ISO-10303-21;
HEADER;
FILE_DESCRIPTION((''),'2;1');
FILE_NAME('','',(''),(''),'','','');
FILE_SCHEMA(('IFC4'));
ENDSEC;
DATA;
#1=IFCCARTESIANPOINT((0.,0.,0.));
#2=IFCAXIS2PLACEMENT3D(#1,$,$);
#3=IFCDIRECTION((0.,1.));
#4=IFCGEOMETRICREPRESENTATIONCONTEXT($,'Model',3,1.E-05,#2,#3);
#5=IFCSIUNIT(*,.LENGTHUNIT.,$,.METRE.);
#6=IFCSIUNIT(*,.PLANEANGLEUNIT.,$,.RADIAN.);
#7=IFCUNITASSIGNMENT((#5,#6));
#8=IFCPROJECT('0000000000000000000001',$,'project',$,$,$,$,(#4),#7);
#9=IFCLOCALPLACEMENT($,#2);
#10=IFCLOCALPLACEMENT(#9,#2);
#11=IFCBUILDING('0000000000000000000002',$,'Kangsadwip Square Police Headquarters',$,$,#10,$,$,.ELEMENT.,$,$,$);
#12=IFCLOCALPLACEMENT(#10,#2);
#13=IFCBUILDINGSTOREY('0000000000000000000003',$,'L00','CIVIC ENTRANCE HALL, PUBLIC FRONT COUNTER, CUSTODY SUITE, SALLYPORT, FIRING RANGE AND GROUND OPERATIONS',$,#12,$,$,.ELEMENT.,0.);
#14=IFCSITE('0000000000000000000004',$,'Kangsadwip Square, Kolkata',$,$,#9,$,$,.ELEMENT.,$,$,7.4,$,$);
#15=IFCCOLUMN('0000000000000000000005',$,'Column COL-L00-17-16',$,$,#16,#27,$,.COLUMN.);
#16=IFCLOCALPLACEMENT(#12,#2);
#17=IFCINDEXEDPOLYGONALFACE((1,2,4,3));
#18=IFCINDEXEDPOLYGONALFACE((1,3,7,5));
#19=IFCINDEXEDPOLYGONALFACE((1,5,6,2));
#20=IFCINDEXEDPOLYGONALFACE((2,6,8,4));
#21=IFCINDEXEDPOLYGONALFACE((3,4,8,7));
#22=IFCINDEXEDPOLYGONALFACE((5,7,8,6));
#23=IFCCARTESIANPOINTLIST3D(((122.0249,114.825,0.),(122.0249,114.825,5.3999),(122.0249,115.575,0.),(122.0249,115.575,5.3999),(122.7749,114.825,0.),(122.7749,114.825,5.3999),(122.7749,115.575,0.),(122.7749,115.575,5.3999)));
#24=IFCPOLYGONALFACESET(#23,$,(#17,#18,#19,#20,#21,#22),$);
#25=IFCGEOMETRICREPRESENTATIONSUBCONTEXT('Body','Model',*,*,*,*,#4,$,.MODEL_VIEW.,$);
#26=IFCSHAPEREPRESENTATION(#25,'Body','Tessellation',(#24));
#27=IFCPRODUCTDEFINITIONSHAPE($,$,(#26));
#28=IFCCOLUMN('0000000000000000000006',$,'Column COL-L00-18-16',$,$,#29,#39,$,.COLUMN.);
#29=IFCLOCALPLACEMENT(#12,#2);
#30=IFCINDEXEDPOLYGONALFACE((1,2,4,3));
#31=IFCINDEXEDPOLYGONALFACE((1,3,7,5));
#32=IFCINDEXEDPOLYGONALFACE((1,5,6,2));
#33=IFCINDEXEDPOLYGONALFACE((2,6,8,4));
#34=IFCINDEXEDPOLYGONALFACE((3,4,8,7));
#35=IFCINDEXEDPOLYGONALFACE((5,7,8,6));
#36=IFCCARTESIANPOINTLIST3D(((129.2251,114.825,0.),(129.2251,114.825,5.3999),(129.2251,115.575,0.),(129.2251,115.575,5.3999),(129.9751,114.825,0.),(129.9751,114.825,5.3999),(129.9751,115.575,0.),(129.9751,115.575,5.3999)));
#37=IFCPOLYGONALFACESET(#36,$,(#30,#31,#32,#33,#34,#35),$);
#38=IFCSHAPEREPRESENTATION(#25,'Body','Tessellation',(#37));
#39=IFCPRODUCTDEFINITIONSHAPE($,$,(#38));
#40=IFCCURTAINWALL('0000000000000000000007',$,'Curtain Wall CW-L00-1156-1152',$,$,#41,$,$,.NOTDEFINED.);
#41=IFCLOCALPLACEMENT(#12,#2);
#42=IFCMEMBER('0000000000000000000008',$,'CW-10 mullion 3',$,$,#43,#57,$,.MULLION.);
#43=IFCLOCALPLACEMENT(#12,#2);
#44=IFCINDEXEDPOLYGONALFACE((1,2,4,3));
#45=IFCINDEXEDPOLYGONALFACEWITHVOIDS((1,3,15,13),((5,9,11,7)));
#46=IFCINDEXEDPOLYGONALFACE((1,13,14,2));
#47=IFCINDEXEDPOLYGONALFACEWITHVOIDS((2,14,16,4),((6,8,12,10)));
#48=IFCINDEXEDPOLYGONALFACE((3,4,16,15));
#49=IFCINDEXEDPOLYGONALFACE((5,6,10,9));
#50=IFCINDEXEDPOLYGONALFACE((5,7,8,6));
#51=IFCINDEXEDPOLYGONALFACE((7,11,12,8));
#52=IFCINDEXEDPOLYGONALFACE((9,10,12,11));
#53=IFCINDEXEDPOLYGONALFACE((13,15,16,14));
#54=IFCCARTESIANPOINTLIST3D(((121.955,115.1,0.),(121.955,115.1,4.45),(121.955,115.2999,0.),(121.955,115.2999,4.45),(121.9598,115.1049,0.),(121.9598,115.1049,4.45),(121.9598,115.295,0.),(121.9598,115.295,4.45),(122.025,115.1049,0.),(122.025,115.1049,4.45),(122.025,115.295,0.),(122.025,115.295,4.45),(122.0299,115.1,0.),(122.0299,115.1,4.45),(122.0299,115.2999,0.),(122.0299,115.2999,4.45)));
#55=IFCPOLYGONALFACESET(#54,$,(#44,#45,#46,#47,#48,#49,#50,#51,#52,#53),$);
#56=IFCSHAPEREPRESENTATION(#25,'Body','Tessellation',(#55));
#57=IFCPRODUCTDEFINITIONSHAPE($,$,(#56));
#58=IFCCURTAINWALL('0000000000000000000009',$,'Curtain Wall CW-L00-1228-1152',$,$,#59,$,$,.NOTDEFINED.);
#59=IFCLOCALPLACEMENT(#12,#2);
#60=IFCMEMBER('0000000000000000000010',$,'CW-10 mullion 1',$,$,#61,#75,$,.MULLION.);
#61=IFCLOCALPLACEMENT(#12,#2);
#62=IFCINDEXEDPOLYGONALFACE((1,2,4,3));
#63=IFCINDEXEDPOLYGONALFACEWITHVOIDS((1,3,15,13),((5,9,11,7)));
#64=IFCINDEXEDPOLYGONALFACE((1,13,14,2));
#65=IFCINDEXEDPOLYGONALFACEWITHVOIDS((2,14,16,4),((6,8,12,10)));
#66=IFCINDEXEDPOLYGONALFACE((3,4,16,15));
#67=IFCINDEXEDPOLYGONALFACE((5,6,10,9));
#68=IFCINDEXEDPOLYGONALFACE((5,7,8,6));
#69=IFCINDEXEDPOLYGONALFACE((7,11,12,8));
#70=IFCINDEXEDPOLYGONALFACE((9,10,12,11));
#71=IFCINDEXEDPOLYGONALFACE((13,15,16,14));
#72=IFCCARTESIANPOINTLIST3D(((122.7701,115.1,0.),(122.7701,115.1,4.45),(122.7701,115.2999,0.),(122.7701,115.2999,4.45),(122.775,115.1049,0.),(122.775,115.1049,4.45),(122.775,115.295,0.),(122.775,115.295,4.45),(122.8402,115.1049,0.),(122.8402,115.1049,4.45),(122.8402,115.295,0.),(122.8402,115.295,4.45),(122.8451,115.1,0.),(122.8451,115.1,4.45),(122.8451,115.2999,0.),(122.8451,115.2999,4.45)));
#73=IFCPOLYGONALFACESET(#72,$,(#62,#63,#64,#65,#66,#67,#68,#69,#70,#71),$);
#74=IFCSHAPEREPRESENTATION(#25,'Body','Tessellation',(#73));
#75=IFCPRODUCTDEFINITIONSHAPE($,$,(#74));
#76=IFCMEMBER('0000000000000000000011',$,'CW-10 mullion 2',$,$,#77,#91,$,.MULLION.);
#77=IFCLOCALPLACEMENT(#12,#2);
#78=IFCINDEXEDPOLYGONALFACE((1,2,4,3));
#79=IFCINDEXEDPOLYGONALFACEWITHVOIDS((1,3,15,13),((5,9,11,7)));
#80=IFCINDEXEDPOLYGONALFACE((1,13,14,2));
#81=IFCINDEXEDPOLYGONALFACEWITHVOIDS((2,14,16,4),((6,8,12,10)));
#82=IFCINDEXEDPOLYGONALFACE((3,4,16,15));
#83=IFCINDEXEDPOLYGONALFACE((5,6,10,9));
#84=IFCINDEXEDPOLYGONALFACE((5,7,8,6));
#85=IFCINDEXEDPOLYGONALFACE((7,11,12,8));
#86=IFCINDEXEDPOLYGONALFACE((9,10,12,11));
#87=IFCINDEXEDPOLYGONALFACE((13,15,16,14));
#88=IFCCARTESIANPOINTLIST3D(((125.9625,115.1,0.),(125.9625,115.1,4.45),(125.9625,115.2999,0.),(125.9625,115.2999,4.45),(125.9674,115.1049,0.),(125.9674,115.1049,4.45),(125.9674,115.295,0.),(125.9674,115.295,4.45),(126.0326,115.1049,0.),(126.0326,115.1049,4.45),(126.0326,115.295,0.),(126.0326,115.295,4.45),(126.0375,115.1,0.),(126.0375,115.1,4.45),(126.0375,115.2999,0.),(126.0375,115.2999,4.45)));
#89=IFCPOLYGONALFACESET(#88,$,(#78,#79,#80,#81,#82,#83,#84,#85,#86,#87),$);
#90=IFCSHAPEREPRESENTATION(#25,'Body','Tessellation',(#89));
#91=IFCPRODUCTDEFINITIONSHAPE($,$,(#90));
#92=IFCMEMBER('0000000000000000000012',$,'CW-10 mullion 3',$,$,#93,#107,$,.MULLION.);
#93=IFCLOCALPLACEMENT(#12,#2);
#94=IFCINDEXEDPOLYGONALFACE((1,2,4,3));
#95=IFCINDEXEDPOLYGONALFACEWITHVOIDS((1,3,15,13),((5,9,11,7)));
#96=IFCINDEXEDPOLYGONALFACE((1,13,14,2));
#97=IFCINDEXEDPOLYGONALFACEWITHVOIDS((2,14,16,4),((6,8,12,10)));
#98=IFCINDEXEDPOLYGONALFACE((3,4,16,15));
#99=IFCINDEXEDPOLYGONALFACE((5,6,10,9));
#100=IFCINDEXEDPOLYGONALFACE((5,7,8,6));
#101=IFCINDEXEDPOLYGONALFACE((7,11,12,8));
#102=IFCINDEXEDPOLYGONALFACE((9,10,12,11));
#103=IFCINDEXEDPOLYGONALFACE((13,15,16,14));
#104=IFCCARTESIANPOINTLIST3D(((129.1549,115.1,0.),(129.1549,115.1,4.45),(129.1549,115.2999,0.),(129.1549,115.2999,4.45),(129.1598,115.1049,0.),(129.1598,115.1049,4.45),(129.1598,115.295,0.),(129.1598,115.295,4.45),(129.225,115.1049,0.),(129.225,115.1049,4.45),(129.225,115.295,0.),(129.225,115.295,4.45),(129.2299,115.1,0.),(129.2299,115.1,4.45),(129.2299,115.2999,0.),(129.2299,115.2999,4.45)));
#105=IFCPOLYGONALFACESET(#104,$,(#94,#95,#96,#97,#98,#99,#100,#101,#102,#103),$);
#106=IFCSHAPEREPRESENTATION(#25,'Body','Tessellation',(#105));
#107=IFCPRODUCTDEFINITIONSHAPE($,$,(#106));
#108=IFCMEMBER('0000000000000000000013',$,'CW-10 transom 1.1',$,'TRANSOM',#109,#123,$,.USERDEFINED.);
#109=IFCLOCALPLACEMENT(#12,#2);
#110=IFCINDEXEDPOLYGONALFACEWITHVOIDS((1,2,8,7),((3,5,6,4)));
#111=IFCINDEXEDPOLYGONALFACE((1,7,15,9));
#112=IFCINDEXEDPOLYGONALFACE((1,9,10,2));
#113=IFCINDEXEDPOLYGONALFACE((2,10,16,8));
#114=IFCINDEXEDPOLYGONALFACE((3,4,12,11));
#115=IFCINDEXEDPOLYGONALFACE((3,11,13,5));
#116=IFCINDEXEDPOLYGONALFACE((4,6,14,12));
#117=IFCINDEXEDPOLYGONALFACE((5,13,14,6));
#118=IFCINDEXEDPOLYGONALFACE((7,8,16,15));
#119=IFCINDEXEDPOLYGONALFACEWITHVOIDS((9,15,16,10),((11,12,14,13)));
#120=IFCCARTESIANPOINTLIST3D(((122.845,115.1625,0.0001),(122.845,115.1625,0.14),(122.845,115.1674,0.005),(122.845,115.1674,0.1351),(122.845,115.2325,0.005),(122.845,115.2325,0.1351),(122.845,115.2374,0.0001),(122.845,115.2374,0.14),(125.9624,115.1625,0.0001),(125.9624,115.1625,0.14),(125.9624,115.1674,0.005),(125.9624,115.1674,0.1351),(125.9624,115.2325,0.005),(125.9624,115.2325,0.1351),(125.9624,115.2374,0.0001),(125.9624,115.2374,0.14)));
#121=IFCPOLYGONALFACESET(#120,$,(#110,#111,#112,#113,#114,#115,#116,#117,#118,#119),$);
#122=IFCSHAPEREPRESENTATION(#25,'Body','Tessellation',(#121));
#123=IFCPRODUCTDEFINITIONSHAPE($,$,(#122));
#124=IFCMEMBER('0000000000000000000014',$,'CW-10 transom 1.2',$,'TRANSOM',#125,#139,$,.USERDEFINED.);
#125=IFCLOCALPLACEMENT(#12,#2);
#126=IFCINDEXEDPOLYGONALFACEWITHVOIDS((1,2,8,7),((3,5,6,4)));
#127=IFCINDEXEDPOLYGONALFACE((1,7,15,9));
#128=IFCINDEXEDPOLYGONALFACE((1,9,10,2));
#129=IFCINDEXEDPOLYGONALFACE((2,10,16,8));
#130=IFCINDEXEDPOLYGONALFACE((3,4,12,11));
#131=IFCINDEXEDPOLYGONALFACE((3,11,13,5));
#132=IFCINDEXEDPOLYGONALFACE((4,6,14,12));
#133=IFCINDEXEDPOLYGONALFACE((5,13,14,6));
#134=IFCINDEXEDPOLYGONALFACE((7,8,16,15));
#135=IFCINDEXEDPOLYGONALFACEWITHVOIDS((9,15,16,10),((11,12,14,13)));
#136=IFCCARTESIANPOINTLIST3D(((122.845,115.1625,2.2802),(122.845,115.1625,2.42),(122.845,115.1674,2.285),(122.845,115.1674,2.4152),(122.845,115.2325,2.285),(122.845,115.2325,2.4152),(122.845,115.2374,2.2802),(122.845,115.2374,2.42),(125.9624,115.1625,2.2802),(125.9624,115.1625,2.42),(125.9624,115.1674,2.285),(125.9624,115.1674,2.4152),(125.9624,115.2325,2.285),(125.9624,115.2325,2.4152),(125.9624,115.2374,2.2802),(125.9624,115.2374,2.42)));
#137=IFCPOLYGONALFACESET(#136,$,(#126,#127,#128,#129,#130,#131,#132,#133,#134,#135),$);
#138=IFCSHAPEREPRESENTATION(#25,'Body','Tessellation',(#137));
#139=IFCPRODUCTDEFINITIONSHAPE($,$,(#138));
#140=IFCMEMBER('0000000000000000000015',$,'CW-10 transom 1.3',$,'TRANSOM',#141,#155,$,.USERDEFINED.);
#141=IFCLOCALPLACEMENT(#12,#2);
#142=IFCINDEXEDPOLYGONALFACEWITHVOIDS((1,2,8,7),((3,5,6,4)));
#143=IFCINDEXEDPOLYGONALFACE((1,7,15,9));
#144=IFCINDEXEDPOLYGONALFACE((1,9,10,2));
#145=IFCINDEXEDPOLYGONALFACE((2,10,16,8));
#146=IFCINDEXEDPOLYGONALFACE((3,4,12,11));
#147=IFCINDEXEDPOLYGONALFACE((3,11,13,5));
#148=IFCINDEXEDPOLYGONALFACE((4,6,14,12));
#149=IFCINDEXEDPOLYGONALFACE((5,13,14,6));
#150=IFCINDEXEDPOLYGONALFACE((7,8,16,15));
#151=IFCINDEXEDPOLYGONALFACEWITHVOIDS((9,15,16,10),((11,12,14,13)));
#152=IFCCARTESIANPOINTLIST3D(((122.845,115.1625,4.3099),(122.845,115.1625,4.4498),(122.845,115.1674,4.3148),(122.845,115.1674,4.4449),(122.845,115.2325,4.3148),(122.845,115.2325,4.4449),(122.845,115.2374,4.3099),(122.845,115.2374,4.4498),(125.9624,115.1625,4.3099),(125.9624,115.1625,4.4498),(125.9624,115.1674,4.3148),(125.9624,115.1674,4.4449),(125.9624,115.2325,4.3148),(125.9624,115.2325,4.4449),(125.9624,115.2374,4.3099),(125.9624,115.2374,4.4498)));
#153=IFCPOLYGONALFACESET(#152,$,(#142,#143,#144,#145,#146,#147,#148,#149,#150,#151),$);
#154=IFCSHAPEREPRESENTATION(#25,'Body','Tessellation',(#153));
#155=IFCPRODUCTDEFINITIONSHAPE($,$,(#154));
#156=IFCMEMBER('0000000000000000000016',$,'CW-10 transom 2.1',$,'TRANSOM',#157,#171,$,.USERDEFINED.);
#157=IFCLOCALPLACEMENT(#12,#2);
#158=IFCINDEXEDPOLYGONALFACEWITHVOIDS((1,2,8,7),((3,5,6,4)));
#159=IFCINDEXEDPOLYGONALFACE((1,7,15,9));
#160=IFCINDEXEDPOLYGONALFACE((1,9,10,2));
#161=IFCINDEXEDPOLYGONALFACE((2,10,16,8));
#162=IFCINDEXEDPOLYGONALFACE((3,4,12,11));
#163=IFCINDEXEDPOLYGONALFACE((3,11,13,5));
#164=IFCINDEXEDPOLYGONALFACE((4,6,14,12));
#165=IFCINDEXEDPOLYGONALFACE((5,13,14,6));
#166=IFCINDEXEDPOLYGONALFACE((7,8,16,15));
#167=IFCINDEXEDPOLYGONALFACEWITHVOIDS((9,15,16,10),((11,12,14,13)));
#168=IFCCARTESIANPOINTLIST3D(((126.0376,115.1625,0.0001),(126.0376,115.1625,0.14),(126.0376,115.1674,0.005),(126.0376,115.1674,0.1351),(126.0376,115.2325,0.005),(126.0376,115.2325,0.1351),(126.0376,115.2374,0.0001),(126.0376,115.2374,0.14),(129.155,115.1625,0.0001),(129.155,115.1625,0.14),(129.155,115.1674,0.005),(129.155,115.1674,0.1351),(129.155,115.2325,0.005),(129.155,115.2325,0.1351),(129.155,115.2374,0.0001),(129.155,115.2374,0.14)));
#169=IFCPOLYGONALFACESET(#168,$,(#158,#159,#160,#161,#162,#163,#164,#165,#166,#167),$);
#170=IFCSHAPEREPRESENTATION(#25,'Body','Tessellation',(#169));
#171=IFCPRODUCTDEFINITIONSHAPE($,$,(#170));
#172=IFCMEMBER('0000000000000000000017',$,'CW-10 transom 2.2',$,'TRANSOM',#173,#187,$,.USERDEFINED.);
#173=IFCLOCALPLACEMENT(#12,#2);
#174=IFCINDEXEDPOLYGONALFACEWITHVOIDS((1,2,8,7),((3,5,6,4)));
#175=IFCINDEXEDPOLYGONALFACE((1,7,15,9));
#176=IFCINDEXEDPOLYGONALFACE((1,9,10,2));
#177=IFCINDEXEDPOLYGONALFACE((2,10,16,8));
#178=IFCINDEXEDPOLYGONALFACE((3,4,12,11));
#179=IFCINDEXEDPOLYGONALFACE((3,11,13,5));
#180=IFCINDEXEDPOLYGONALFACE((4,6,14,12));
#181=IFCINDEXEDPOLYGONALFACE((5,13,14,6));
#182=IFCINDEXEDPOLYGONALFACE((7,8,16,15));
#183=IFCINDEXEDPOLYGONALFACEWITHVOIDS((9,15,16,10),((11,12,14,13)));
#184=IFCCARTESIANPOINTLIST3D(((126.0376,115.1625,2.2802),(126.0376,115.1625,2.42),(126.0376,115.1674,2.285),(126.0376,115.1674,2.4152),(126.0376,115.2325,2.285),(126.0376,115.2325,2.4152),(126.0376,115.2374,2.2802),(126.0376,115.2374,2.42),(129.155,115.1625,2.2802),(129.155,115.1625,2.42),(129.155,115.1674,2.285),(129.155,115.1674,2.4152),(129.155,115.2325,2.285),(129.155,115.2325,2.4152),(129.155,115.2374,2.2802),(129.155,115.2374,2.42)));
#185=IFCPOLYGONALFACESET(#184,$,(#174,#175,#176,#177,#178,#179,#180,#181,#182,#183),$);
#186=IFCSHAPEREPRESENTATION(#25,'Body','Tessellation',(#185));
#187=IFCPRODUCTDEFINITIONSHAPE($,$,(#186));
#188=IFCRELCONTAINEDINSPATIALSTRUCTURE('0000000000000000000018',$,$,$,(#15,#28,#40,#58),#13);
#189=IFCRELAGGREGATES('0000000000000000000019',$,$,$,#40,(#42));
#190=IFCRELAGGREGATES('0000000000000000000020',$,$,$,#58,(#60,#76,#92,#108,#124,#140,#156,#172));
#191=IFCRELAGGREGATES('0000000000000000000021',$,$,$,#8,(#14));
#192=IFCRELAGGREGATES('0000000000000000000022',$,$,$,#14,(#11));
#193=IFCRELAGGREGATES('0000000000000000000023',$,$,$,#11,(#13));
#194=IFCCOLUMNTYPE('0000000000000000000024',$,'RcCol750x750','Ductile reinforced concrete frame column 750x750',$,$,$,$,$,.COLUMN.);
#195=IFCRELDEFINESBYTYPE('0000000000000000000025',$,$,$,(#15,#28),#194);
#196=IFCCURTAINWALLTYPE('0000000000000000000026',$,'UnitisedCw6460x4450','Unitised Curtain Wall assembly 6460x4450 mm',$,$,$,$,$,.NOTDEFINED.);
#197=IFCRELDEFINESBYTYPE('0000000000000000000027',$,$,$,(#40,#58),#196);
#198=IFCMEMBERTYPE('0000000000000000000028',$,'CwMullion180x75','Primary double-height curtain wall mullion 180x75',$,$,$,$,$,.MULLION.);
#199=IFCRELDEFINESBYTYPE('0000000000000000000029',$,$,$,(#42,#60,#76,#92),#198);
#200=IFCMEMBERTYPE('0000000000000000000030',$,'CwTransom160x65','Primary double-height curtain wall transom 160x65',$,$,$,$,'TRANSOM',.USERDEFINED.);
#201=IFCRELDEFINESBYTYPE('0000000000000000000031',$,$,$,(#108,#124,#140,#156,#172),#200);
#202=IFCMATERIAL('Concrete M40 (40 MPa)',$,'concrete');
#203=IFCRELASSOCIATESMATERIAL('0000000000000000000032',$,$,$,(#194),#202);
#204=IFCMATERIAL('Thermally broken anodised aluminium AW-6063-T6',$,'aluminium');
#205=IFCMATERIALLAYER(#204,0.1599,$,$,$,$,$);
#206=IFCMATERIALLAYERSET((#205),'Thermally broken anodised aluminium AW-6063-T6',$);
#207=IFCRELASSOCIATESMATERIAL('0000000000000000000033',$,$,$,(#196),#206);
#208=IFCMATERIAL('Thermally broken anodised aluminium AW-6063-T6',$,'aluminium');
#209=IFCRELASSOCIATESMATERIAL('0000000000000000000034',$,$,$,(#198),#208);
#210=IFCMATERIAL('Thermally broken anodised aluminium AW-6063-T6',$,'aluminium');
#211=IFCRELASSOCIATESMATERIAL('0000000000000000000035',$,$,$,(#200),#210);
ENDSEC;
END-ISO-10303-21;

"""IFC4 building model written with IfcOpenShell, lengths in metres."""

from ifc_helpers import new_model, si_unit, direction, frame, origin, origin_2d, place, context, subcontext, project, spatial, rectangle, hollow_rectangle, extrude, material, layer, layer_set, material_profile, profile_set, type_object, element, aggregate, save


model = new_model("IFC4")

# Units and contexts
model_context = context("Model", 3, precision=1e-05, world=origin(), true_north=direction((0.0, 1.0)))
body_context = subcontext(model_context, "Body", "Model", "MODEL_VIEW")
ifc_project = project(units=[si_unit("LENGTHUNIT", "METRE"), si_unit("PLANEANGLEUNIT", "RADIAN")], contexts=[model_context])

# Site, building, storey
site_placement = place(None, origin())
site = spatial("IfcSite", under=ifc_project, at=site_placement, Name="Kangsadwip Square, Kolkata", CompositionType="ELEMENT", RefElevation=7.4)
building_placement = place(site_placement, origin())
building = spatial("IfcBuilding", under=site, at=building_placement, Name="Kangsadwip Square Police Headquarters", CompositionType="ELEMENT")
storey_placement = place(building_placement, origin())
storey = spatial("IfcBuildingStorey", under=building, at=storey_placement, Name="L00", Description="CIVIC ENTRANCE HALL, PUBLIC FRONT COUNTER, CUSTODY SUITE, SALLYPORT, FIRING RANGE AND GROUND OPERATIONS", CompositionType="ELEMENT", Elevation=0.0)

# Columns
ifc_material_1 = material(Name="Concrete M40 (40 MPa)", Category="concrete")
ifc_material_profile_1 = material_profile(ifc_material_1, rectangle(XDim=0.75, YDim=0.75, at=origin_2d()), Name="RC COL 750X750")
ifc_profile_set_1 = profile_set([ifc_material_profile_1], Name="Concrete M40 (40 MPa)")
column_type = type_object("IfcColumnType", Name="RcCol750x750", Description="Ductile reinforced concrete frame column 750x750", PredefinedType="COLUMN", material=ifc_profile_set_1)
for number, where, z_axis, x_axis, name in (
    (1, (122.3999, 115.2, 0.0), (0.0, 0.0, 1.0), (1.0, 0.0, 0.0), "Column COL-L00-17-16"),
    (2, (129.6001, 115.2, 0.0), (0.0, 0.0, 1.0), (1.0, 0.0, 0.0), "Column COL-L00-18-16"),
):
    element("IfcColumn", number, at=place(storey_placement, frame(where, z_axis=z_axis, x_axis=x_axis)), inside=storey, type_object=column_type, Name=name, PredefinedType="COLUMN", context=body_context, shape_type="SweptSolid", body=[
        extrude(rectangle(XDim=0.75, YDim=0.75, at=origin_2d()), origin(), (0.0, 0.0, 1.0), 5.3999),
    ])

# Curtain wall, member
ifc_material_2 = material(Name="Thermally broken anodised aluminium AW-6063-T6", Category="aluminium")
ifc_layer_1 = layer(ifc_material_2, 0.1599)
ifc_layer_set_1 = layer_set([ifc_layer_1], Name="Thermally broken anodised aluminium AW-6063-T6")
curtain_wall_type = type_object("IfcCurtainWallType", Name="UnitisedCw6460x4450", Description="Unitised Curtain Wall assembly 6460x4450 mm", PredefinedType="NOTDEFINED", material=ifc_layer_set_1)
curtain_wall_1_placement = place(storey_placement, origin())
curtain_wall_1 = element("IfcCurtainWall", 3, at=curtain_wall_1_placement, inside=storey, type_object=curtain_wall_type, Name="Curtain Wall CW-L00-1156-1152", PredefinedType="NOTDEFINED")
ifc_material_3 = material(Name="Thermally broken anodised aluminium AW-6063-T6", Category="aluminium")
ifc_material_profile_2 = material_profile(ifc_material_3, hollow_rectangle(XDim=0.075, YDim=0.2, WallThickness=0.0049, at=origin_2d()), Name="CWM 200X75X5")
ifc_profile_set_2 = profile_set([ifc_material_profile_2], Name="Thermally broken anodised aluminium AW-6063-T6")
member_type_1 = type_object("IfcMemberType", Name="CwMullion180x75", Description="Primary double-height curtain wall mullion 180x75", PredefinedType="MULLION", material=ifc_profile_set_2)
member_1_placement = place(storey_placement, frame((121.9924, 115.2, 0.0), z_axis=(0.0, 0.0, 1.0), x_axis=(1.0, 0.0, 0.0)))
member_1 = element("IfcMember", 4, at=member_1_placement, type_object=member_type_1, Name="CW-10 mullion 3", PredefinedType="MULLION", context=body_context, shape_type="SweptSolid", body=[
    extrude(hollow_rectangle(XDim=0.075, YDim=0.2, WallThickness=0.0049, at=origin_2d()), origin(), (0.0, 0.0, 1.0), 4.45),
])

# Curtain wall, members
curtain_wall_2_placement = place(storey_placement, origin())
curtain_wall_2 = element("IfcCurtainWall", 5, at=curtain_wall_2_placement, inside=storey, type_object=curtain_wall_type, Name="Curtain Wall CW-L00-1228-1152", PredefinedType="NOTDEFINED")
member_2_placement = place(storey_placement, frame((122.8076, 115.2, 0.0), z_axis=(0.0, 0.0, 1.0), x_axis=(1.0, 0.0, 0.0)))
member_2 = element("IfcMember", 6, at=member_2_placement, type_object=member_type_1, Name="CW-10 mullion 1", PredefinedType="MULLION", context=body_context, shape_type="SweptSolid", body=[
    extrude(hollow_rectangle(XDim=0.075, YDim=0.2, WallThickness=0.0049, at=origin_2d()), origin(), (0.0, 0.0, 1.0), 4.45),
])
member_3_placement = place(storey_placement, frame((126.0, 115.2, 0.0), z_axis=(0.0, 0.0, 1.0), x_axis=(1.0, 0.0, 0.0)))
member_3 = element("IfcMember", 7, at=member_3_placement, type_object=member_type_1, Name="CW-10 mullion 2", PredefinedType="MULLION", context=body_context, shape_type="SweptSolid", body=[
    extrude(hollow_rectangle(XDim=0.075, YDim=0.2, WallThickness=0.0049, at=origin_2d()), origin(), (0.0, 0.0, 1.0), 4.45),
])
member_4_placement = place(storey_placement, frame((129.1924, 115.2, 0.0), z_axis=(0.0, 0.0, 1.0), x_axis=(1.0, 0.0, 0.0)))
member_4 = element("IfcMember", 8, at=member_4_placement, type_object=member_type_1, Name="CW-10 mullion 3", PredefinedType="MULLION", context=body_context, shape_type="SweptSolid", body=[
    extrude(hollow_rectangle(XDim=0.075, YDim=0.2, WallThickness=0.0049, at=origin_2d()), origin(), (0.0, 0.0, 1.0), 4.45),
])
ifc_material_4 = material(Name="Thermally broken anodised aluminium AW-6063-T6", Category="aluminium")
ifc_material_profile_3 = material_profile(ifc_material_4, hollow_rectangle(XDim=0.075, YDim=0.1399, WallThickness=0.0049, at=origin_2d()), Name="CWT 140X75X5")
ifc_profile_set_3 = profile_set([ifc_material_profile_3], Name="Thermally broken anodised aluminium AW-6063-T6")
member_type_2 = type_object("IfcMemberType", Name="CwTransom160x65", Description="Primary double-height curtain wall transom 160x65", ElementType="TRANSOM", PredefinedType="USERDEFINED", material=ifc_profile_set_3)
member_5_placement = place(storey_placement, frame((122.845, 115.2, 0.0701), z_axis=(1.0, 0.0, 0.0), x_axis=(0.0, 1.0, 0.0)))
member_5 = element("IfcMember", 9, at=member_5_placement, type_object=member_type_2, Name="CW-10 transom 1.1", ObjectType="TRANSOM", PredefinedType="USERDEFINED", context=body_context, shape_type="SweptSolid", body=[
    extrude(hollow_rectangle(XDim=0.075, YDim=0.1399, WallThickness=0.0049, at=origin_2d()), origin(), (0.0, 0.0, 1.0), 3.1174),
])
member_6_placement = place(storey_placement, frame((122.845, 115.2, 2.3501), z_axis=(1.0, 0.0, 0.0), x_axis=(0.0, 1.0, 0.0)))
member_6 = element("IfcMember", 10, at=member_6_placement, type_object=member_type_2, Name="CW-10 transom 1.2", ObjectType="TRANSOM", PredefinedType="USERDEFINED", context=body_context, shape_type="SweptSolid", body=[
    extrude(hollow_rectangle(XDim=0.075, YDim=0.1399, WallThickness=0.0049, at=origin_2d()), origin(), (0.0, 0.0, 1.0), 3.1174),
])
member_7_placement = place(storey_placement, frame((122.845, 115.2, 4.3799), z_axis=(1.0, 0.0, 0.0), x_axis=(0.0, 1.0, 0.0)))
member_7 = element("IfcMember", 11, at=member_7_placement, type_object=member_type_2, Name="CW-10 transom 1.3", ObjectType="TRANSOM", PredefinedType="USERDEFINED", context=body_context, shape_type="SweptSolid", body=[
    extrude(hollow_rectangle(XDim=0.075, YDim=0.1399, WallThickness=0.0049, at=origin_2d()), origin(), (0.0, 0.0, 1.0), 3.1174),
])
member_8_placement = place(storey_placement, frame((126.0376, 115.2, 0.0701), z_axis=(1.0, 0.0, 0.0), x_axis=(0.0, 1.0, 0.0)))
member_8 = element("IfcMember", 12, at=member_8_placement, type_object=member_type_2, Name="CW-10 transom 2.1", ObjectType="TRANSOM", PredefinedType="USERDEFINED", context=body_context, shape_type="SweptSolid", body=[
    extrude(hollow_rectangle(XDim=0.075, YDim=0.1399, WallThickness=0.0049, at=origin_2d()), origin(), (0.0, 0.0, 1.0), 3.1174),
])
member_9_placement = place(storey_placement, frame((126.0376, 115.2, 2.3501), z_axis=(1.0, 0.0, 0.0), x_axis=(0.0, 1.0, 0.0)))
member_9 = element("IfcMember", 13, at=member_9_placement, type_object=member_type_2, Name="CW-10 transom 2.2", ObjectType="TRANSOM", PredefinedType="USERDEFINED", context=body_context, shape_type="SweptSolid", body=[
    extrude(hollow_rectangle(XDim=0.075, YDim=0.1399, WallThickness=0.0049, at=origin_2d()), origin(), (0.0, 0.0, 1.0), 3.1174),
])

aggregate(curtain_wall_1, [member_1])
aggregate(curtain_wall_2, [member_2, member_3, member_4, member_5, member_6, member_7, member_8, member_9])

save(model, "model.ifc")
